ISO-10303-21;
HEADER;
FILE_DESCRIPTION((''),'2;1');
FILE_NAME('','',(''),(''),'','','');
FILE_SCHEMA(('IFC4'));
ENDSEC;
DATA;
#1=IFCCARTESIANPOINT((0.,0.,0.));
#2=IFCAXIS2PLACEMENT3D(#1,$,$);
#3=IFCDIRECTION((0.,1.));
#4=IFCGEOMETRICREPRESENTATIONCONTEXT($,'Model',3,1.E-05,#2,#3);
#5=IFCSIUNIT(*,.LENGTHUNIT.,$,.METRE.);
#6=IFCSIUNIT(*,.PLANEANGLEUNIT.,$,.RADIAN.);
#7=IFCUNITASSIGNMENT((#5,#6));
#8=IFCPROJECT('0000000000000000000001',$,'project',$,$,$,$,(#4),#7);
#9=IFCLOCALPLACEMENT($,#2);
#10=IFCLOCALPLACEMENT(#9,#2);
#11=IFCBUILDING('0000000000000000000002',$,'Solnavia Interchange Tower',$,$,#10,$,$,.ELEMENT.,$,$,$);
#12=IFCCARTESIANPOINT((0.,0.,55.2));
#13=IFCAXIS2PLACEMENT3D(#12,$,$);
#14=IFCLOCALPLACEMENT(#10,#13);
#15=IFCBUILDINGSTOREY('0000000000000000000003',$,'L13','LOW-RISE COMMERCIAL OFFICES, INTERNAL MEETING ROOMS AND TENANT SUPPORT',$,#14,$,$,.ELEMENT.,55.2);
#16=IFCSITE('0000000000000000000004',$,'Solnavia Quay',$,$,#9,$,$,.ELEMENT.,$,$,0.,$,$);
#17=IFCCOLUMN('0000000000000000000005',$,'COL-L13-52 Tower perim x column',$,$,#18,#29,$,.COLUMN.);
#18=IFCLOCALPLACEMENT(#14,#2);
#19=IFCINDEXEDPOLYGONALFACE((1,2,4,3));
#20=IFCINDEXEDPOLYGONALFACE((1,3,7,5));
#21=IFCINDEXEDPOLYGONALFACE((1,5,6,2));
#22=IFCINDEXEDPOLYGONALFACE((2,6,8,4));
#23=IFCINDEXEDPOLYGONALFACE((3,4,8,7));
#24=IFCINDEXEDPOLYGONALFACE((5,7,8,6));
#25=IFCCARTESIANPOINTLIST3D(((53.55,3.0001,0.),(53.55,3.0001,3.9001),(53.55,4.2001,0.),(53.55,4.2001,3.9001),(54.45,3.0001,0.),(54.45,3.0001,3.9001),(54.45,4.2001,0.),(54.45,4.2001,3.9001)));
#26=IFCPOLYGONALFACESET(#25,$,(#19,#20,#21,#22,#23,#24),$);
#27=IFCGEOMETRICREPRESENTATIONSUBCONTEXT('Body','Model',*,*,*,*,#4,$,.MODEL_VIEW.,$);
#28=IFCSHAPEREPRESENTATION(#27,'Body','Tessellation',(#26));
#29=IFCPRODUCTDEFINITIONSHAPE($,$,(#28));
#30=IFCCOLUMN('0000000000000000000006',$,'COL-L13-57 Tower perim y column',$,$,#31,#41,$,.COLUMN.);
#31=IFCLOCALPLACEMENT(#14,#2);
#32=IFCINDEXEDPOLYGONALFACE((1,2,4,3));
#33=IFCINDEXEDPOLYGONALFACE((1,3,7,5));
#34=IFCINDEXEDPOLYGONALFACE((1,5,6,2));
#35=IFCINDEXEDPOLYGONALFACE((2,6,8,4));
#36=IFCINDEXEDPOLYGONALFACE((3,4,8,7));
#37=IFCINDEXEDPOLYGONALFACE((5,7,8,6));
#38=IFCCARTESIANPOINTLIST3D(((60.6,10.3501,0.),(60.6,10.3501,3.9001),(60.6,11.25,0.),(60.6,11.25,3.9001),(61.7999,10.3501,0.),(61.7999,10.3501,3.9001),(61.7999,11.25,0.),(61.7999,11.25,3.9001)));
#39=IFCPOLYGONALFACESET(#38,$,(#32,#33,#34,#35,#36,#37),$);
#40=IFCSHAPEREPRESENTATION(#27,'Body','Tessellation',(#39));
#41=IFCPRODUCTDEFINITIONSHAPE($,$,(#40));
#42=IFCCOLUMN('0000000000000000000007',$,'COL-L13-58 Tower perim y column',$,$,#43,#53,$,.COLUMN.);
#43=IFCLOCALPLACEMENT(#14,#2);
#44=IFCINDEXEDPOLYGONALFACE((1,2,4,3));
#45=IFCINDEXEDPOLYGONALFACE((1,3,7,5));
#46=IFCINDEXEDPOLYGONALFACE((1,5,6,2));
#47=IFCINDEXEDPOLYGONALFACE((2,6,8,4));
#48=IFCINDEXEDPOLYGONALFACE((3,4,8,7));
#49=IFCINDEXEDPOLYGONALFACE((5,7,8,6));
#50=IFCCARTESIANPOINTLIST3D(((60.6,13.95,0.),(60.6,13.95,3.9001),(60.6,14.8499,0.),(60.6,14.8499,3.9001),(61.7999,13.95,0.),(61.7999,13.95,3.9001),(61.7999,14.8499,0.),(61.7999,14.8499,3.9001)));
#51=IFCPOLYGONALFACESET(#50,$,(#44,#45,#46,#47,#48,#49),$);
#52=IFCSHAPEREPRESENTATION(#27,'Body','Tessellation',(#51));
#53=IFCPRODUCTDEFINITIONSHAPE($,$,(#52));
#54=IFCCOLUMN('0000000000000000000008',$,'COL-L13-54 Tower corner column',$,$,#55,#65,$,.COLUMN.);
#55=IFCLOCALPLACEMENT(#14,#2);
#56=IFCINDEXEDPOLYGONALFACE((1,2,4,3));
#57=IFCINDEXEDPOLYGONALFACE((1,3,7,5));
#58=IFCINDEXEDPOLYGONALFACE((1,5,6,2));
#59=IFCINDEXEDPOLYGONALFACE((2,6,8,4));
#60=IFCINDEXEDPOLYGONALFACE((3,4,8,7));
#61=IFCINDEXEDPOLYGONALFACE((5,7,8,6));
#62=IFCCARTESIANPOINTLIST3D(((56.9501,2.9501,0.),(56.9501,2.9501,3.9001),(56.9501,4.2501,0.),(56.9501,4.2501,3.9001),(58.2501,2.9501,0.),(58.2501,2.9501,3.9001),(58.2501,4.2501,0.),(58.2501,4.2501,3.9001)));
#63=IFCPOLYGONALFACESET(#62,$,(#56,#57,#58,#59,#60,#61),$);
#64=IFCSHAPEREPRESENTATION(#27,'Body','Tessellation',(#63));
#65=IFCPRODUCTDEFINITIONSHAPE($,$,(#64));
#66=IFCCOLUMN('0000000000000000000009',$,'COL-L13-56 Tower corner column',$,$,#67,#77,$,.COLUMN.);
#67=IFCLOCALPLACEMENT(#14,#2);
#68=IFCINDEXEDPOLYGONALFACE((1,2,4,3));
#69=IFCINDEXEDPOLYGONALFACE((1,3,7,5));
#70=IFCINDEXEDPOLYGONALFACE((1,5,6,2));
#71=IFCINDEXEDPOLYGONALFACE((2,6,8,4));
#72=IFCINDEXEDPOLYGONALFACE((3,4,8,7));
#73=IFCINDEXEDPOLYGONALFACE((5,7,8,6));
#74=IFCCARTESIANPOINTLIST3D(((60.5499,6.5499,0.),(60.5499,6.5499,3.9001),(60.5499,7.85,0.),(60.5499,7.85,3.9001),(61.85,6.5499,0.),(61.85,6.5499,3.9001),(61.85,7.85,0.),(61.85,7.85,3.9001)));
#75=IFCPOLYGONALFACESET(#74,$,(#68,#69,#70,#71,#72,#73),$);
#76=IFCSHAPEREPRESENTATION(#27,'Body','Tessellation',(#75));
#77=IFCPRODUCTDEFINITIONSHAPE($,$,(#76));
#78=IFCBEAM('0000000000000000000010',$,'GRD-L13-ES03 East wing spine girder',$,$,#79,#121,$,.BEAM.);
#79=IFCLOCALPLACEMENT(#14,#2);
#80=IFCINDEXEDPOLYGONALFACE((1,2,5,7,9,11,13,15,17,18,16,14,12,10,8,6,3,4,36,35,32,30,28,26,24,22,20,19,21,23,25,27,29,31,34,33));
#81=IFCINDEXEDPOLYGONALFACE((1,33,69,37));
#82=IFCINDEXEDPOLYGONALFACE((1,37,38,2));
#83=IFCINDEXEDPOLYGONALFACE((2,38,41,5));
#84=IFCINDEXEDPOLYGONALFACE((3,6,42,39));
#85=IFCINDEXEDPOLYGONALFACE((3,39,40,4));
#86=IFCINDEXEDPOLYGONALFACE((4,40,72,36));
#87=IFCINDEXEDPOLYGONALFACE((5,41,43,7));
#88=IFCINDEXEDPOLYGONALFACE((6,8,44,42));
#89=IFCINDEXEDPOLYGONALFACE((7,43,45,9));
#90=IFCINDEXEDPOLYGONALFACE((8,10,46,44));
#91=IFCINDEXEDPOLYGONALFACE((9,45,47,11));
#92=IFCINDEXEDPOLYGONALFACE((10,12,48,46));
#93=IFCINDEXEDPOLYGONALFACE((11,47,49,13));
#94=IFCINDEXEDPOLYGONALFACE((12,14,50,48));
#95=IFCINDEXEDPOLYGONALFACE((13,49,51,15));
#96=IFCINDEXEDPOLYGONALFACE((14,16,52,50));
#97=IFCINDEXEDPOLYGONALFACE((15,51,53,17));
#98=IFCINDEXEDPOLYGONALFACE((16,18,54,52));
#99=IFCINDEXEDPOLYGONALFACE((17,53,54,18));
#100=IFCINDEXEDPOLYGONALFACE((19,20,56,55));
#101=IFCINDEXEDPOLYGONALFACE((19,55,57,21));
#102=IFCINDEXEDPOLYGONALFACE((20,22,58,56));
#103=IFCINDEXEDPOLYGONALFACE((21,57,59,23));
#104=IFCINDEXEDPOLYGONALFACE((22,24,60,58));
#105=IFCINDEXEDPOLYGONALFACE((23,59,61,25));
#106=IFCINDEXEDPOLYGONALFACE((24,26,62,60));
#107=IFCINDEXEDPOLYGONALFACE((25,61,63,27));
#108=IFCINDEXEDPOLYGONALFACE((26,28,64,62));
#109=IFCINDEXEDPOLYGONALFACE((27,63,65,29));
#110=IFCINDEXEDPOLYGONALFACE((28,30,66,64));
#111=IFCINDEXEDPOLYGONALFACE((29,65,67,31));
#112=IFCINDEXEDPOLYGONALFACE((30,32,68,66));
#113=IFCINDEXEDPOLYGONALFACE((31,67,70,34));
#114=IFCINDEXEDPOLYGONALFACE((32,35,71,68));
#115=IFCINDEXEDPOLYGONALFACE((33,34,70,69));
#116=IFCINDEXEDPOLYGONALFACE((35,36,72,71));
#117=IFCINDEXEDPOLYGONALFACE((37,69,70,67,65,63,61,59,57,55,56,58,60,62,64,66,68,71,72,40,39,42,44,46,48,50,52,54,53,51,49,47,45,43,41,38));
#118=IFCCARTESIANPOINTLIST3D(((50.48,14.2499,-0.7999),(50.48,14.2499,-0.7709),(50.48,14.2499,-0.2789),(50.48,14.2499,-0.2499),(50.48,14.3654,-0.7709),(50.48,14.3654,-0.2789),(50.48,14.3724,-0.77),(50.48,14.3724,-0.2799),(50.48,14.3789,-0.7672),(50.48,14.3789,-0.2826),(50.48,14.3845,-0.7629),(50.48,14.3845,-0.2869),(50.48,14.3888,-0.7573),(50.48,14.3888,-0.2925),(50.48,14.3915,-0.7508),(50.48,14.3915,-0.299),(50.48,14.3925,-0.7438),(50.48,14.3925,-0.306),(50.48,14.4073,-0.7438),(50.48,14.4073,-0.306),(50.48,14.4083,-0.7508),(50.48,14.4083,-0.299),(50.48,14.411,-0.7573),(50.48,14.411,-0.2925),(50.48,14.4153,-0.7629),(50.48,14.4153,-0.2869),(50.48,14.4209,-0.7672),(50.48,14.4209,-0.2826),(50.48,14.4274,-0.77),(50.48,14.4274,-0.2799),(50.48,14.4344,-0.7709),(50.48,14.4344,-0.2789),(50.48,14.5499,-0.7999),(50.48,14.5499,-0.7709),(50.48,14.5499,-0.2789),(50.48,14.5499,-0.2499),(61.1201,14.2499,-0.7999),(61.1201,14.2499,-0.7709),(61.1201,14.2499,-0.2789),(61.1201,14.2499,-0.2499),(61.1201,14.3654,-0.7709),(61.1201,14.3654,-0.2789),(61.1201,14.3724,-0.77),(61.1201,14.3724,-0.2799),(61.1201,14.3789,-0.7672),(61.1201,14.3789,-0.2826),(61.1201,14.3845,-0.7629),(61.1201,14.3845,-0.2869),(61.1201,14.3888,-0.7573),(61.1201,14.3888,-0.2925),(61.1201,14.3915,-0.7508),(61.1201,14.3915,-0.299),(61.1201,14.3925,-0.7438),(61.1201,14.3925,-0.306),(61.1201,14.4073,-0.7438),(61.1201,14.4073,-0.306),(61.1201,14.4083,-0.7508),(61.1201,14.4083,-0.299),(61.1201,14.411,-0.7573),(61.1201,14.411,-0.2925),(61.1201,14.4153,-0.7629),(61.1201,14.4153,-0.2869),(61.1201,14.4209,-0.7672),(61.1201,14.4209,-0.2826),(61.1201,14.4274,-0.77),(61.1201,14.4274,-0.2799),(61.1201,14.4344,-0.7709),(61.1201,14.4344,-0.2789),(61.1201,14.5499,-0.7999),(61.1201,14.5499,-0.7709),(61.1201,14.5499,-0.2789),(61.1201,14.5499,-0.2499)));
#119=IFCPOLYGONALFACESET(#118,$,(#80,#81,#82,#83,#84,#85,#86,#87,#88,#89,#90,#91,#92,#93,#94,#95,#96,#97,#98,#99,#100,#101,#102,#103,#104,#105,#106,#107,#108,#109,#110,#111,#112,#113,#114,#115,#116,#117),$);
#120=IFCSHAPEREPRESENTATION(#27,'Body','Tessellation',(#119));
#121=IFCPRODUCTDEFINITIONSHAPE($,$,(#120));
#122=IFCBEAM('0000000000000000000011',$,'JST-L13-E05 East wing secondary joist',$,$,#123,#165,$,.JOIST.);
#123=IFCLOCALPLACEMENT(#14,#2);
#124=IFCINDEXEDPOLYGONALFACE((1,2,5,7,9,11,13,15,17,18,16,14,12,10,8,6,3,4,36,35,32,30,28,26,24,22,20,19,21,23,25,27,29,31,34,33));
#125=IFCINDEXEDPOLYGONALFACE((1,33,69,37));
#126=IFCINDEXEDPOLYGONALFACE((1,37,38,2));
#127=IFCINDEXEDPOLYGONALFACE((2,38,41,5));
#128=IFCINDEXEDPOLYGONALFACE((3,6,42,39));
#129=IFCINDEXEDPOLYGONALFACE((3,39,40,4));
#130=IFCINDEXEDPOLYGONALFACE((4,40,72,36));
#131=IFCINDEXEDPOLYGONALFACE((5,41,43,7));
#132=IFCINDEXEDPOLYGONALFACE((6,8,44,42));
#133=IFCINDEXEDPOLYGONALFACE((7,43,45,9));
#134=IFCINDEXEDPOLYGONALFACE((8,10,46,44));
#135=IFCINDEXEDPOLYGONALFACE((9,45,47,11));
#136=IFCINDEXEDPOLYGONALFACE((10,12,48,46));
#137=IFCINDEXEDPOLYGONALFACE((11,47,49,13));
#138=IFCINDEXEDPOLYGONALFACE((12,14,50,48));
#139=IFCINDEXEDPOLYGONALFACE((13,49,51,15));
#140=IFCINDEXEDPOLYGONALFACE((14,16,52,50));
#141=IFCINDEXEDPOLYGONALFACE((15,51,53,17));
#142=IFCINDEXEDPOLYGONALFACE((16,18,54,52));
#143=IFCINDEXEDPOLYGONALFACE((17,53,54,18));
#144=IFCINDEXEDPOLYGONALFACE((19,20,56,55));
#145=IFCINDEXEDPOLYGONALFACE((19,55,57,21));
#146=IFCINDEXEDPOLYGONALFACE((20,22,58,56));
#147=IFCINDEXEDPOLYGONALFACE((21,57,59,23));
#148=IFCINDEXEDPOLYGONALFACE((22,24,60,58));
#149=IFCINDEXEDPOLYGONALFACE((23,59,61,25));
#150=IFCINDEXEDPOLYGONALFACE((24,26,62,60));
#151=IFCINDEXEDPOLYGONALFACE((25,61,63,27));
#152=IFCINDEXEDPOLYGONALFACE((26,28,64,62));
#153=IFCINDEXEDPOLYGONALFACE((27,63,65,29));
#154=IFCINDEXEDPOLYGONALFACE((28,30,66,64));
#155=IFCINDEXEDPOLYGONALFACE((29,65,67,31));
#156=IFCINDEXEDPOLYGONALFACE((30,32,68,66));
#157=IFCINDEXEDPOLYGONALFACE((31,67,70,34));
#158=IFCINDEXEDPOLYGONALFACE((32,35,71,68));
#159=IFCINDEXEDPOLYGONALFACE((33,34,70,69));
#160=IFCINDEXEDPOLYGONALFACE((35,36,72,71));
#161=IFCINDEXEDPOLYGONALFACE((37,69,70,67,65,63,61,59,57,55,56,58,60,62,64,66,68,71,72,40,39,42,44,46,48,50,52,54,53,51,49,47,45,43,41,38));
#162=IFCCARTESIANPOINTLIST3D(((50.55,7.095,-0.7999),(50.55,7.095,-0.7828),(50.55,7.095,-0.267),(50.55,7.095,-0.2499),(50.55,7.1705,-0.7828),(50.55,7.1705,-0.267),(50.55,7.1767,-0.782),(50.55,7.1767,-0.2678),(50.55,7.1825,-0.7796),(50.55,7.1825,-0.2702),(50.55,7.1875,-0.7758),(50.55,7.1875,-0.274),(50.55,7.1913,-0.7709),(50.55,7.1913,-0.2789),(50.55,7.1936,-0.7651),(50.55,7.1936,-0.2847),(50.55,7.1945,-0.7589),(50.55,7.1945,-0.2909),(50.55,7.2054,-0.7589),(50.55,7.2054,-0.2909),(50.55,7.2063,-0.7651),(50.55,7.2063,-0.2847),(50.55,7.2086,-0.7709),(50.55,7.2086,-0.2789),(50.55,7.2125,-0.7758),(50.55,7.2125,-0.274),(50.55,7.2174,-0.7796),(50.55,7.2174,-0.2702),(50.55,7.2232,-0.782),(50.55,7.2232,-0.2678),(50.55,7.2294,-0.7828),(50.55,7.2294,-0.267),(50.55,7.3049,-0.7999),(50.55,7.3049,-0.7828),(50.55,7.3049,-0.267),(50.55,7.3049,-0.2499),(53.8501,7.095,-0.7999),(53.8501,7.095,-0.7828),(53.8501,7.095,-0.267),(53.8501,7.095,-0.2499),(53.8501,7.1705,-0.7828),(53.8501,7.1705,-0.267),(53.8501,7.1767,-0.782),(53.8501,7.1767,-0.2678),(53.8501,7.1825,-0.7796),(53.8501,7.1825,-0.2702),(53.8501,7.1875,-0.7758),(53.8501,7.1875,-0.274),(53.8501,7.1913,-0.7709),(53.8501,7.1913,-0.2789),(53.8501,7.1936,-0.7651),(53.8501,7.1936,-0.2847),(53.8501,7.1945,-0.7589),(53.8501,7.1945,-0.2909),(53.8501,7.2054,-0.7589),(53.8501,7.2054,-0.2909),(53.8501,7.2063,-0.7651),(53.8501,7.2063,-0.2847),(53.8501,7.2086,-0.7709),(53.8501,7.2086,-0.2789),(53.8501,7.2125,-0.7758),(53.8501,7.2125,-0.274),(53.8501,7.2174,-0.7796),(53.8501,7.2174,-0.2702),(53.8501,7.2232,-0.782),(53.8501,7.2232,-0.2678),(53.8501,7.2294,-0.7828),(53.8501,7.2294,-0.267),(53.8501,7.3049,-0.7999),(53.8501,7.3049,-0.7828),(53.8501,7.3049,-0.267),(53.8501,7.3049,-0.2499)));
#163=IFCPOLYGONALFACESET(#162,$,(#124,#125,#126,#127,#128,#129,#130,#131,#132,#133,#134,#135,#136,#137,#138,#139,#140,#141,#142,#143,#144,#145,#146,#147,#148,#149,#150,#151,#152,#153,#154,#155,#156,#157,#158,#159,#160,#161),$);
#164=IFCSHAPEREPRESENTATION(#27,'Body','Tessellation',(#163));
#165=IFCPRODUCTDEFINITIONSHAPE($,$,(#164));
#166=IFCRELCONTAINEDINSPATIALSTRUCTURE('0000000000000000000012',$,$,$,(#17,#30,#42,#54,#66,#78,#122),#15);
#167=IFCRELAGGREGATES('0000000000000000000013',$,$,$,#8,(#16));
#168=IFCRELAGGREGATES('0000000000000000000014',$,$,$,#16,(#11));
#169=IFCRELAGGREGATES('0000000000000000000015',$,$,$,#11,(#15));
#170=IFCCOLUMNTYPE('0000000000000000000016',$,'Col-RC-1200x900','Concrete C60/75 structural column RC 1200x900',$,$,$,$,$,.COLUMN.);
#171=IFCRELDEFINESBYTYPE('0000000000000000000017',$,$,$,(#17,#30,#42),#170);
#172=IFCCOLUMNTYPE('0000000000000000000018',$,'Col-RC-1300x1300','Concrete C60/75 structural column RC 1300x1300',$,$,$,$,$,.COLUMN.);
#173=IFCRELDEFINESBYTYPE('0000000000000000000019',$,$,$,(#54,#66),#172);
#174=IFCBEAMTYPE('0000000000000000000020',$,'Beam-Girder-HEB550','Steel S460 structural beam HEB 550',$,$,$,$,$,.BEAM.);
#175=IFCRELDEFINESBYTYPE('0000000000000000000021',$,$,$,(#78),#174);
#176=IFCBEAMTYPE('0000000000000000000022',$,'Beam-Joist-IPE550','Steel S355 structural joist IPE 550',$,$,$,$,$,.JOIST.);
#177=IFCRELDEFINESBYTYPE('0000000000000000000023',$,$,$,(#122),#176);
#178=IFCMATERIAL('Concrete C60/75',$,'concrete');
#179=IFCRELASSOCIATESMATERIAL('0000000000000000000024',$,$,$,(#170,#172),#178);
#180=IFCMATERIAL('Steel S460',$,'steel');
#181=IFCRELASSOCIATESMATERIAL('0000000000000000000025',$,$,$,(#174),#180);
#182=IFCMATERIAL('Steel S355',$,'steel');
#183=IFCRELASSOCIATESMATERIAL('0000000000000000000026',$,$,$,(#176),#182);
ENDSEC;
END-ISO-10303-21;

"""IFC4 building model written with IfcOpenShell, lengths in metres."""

from ifc_helpers import new_model, si_unit, direction, frame, origin, origin_2d, place, context, subcontext, project, spatial, rectangle, i_section, extrude, material, material_profile, profile_set, type_object, element, save


model = new_model("IFC4")

# Units and contexts
model_context = context("Model", 3, precision=1e-05, world=origin(), true_north=direction((0.0, 1.0)))
body_context = subcontext(model_context, "Body", "Model", "MODEL_VIEW")
ifc_project = project(units=[si_unit("LENGTHUNIT", "METRE"), si_unit("PLANEANGLEUNIT", "RADIAN")], contexts=[model_context])

# Site, building, storey
site_placement = place(None, origin())
site = spatial("IfcSite", under=ifc_project, at=site_placement, Name="Solnavia Quay", CompositionType="ELEMENT", RefElevation=0.0)
building_placement = place(site_placement, origin())
building = spatial("IfcBuilding", under=site, at=building_placement, Name="Solnavia Interchange Tower", CompositionType="ELEMENT")
storey_placement = place(building_placement, frame((0.0, 0.0, 55.2)))
storey = spatial("IfcBuildingStorey", under=building, at=storey_placement, Name="L13", Description="LOW-RISE COMMERCIAL OFFICES, INTERNAL MEETING ROOMS AND TENANT SUPPORT", CompositionType="ELEMENT", Elevation=55.2)

# Columns
ifc_material_1 = material(Name="Concrete C60/75", Category="concrete")
ifc_material_profile_1 = material_profile(ifc_material_1, rectangle(XDim=0.8999, YDim=1.2, at=origin_2d()), Name="RC 1200x900")
ifc_profile_set_1 = profile_set([ifc_material_profile_1], Name="Concrete C60/75")
column_type_1 = type_object("IfcColumnType", Name="Col-RC-1200x900", Description="Concrete C60/75 structural column RC 1200x900", PredefinedType="COLUMN", material=ifc_profile_set_1)
for number, where, z_axis, x_axis, name in (
    (1, (54.0, 3.6001, 0.0), (0.0, 0.0, 1.0), (1.0, 0.0, 0.0), "COL-L13-52 Tower perim x column"),
    (2, (61.2, 10.8, 0.0), (0.0, 0.0, 1.0), (0.0, 1.0, 0.0), "COL-L13-57 Tower perim y column"),
    (3, (61.2, 14.3999, 0.0), (0.0, 0.0, 1.0), (0.0, 1.0, 0.0), "COL-L13-58 Tower perim y column"),
):
    element("IfcColumn", number, at=place(storey_placement, frame(where, z_axis=z_axis, x_axis=x_axis)), inside=storey, type_object=column_type_1, Name=name, PredefinedType="COLUMN", context=body_context, shape_type="SweptSolid", body=[
        extrude(rectangle(XDim=0.8999, YDim=1.2, at=origin_2d()), origin(), (0.0, 0.0, 1.0), 3.9001),
    ])
ifc_material_profile_2 = material_profile(ifc_material_1, rectangle(XDim=1.3, YDim=1.3, at=origin_2d()), Name="RC 1300x1300")
ifc_profile_set_2 = profile_set([ifc_material_profile_2], Name="Concrete C60/75")
column_type_2 = type_object("IfcColumnType", Name="Col-RC-1300x1300", Description="Concrete C60/75 structural column RC 1300x1300", PredefinedType="COLUMN", material=ifc_profile_set_2)
for number, where, z_axis, x_axis, name in (
    (4, (57.6001, 3.6001, 0.0), (0.0, 0.0, 1.0), (1.0, 0.0, 0.0), "COL-L13-54 Tower corner column"),
    (5, (61.2, 7.2, 0.0), (0.0, 0.0, 1.0), (1.0, 0.0, 0.0), "COL-L13-56 Tower corner column"),
):
    element("IfcColumn", number, at=place(storey_placement, frame(where, z_axis=z_axis, x_axis=x_axis)), inside=storey, type_object=column_type_2, Name=name, PredefinedType="COLUMN", context=body_context, shape_type="SweptSolid", body=[
        extrude(rectangle(XDim=1.3, YDim=1.3, at=origin_2d()), origin(), (0.0, 0.0, 1.0), 3.9001),
    ])

# Beams
ifc_material_2 = material(Name="Steel S460", Category="steel")
ifc_material_profile_3 = material_profile(ifc_material_2, i_section(OverallWidth=0.3, OverallDepth=0.55, WebThickness=0.0149, FlangeThickness=0.0291, FilletRadius=0.0271, at=origin_2d()), Name="HEB 550")
ifc_profile_set_3 = profile_set([ifc_material_profile_3], Name="Steel S460")
beam_type_1 = type_object("IfcBeamType", Name="Beam-Girder-HEB550", Description="Steel S460 structural beam HEB 550", PredefinedType="BEAM", material=ifc_profile_set_3)
beam_1_placement = place(storey_placement, frame((50.48, 14.3999, -0.5249), z_axis=(1.0, 0.0, 0.0), x_axis=(0.0, 1.0, 0.0)))
element("IfcBeam", 6, at=beam_1_placement, inside=storey, type_object=beam_type_1, Name="GRD-L13-ES03 East wing spine girder", PredefinedType="BEAM", context=body_context, shape_type="SweptSolid", body=[
    extrude(i_section(OverallWidth=0.3, OverallDepth=0.55, WebThickness=0.0149, FlangeThickness=0.0291, FilletRadius=0.0271, at=origin_2d()), origin(), (0.0, 0.0, 1.0), 10.6401),
])
ifc_material_3 = material(Name="Steel S355", Category="steel")
ifc_material_profile_4 = material_profile(ifc_material_3, i_section(OverallWidth=0.21, OverallDepth=0.55, WebThickness=0.011, FlangeThickness=0.0171, FilletRadius=0.0239, at=origin_2d()), Name="IPE 550")
ifc_profile_set_4 = profile_set([ifc_material_profile_4], Name="Steel S355")
beam_type_2 = type_object("IfcBeamType", Name="Beam-Joist-IPE550", Description="Steel S355 structural joist IPE 550", PredefinedType="JOIST", material=ifc_profile_set_4)
beam_2_placement = place(storey_placement, frame((50.55, 7.2, -0.5249), z_axis=(1.0, 0.0, 0.0), x_axis=(0.0, 1.0, 0.0)))
element("IfcBeam", 7, at=beam_2_placement, inside=storey, type_object=beam_type_2, Name="JST-L13-E05 East wing secondary joist", PredefinedType="JOIST", context=body_context, shape_type="SweptSolid", body=[
    extrude(i_section(OverallWidth=0.21, OverallDepth=0.55, WebThickness=0.011, FlangeThickness=0.0171, FilletRadius=0.0239, at=origin_2d()), origin(), (0.0, 0.0, 1.0), 3.3),
])

save(model, "model.ifc")
